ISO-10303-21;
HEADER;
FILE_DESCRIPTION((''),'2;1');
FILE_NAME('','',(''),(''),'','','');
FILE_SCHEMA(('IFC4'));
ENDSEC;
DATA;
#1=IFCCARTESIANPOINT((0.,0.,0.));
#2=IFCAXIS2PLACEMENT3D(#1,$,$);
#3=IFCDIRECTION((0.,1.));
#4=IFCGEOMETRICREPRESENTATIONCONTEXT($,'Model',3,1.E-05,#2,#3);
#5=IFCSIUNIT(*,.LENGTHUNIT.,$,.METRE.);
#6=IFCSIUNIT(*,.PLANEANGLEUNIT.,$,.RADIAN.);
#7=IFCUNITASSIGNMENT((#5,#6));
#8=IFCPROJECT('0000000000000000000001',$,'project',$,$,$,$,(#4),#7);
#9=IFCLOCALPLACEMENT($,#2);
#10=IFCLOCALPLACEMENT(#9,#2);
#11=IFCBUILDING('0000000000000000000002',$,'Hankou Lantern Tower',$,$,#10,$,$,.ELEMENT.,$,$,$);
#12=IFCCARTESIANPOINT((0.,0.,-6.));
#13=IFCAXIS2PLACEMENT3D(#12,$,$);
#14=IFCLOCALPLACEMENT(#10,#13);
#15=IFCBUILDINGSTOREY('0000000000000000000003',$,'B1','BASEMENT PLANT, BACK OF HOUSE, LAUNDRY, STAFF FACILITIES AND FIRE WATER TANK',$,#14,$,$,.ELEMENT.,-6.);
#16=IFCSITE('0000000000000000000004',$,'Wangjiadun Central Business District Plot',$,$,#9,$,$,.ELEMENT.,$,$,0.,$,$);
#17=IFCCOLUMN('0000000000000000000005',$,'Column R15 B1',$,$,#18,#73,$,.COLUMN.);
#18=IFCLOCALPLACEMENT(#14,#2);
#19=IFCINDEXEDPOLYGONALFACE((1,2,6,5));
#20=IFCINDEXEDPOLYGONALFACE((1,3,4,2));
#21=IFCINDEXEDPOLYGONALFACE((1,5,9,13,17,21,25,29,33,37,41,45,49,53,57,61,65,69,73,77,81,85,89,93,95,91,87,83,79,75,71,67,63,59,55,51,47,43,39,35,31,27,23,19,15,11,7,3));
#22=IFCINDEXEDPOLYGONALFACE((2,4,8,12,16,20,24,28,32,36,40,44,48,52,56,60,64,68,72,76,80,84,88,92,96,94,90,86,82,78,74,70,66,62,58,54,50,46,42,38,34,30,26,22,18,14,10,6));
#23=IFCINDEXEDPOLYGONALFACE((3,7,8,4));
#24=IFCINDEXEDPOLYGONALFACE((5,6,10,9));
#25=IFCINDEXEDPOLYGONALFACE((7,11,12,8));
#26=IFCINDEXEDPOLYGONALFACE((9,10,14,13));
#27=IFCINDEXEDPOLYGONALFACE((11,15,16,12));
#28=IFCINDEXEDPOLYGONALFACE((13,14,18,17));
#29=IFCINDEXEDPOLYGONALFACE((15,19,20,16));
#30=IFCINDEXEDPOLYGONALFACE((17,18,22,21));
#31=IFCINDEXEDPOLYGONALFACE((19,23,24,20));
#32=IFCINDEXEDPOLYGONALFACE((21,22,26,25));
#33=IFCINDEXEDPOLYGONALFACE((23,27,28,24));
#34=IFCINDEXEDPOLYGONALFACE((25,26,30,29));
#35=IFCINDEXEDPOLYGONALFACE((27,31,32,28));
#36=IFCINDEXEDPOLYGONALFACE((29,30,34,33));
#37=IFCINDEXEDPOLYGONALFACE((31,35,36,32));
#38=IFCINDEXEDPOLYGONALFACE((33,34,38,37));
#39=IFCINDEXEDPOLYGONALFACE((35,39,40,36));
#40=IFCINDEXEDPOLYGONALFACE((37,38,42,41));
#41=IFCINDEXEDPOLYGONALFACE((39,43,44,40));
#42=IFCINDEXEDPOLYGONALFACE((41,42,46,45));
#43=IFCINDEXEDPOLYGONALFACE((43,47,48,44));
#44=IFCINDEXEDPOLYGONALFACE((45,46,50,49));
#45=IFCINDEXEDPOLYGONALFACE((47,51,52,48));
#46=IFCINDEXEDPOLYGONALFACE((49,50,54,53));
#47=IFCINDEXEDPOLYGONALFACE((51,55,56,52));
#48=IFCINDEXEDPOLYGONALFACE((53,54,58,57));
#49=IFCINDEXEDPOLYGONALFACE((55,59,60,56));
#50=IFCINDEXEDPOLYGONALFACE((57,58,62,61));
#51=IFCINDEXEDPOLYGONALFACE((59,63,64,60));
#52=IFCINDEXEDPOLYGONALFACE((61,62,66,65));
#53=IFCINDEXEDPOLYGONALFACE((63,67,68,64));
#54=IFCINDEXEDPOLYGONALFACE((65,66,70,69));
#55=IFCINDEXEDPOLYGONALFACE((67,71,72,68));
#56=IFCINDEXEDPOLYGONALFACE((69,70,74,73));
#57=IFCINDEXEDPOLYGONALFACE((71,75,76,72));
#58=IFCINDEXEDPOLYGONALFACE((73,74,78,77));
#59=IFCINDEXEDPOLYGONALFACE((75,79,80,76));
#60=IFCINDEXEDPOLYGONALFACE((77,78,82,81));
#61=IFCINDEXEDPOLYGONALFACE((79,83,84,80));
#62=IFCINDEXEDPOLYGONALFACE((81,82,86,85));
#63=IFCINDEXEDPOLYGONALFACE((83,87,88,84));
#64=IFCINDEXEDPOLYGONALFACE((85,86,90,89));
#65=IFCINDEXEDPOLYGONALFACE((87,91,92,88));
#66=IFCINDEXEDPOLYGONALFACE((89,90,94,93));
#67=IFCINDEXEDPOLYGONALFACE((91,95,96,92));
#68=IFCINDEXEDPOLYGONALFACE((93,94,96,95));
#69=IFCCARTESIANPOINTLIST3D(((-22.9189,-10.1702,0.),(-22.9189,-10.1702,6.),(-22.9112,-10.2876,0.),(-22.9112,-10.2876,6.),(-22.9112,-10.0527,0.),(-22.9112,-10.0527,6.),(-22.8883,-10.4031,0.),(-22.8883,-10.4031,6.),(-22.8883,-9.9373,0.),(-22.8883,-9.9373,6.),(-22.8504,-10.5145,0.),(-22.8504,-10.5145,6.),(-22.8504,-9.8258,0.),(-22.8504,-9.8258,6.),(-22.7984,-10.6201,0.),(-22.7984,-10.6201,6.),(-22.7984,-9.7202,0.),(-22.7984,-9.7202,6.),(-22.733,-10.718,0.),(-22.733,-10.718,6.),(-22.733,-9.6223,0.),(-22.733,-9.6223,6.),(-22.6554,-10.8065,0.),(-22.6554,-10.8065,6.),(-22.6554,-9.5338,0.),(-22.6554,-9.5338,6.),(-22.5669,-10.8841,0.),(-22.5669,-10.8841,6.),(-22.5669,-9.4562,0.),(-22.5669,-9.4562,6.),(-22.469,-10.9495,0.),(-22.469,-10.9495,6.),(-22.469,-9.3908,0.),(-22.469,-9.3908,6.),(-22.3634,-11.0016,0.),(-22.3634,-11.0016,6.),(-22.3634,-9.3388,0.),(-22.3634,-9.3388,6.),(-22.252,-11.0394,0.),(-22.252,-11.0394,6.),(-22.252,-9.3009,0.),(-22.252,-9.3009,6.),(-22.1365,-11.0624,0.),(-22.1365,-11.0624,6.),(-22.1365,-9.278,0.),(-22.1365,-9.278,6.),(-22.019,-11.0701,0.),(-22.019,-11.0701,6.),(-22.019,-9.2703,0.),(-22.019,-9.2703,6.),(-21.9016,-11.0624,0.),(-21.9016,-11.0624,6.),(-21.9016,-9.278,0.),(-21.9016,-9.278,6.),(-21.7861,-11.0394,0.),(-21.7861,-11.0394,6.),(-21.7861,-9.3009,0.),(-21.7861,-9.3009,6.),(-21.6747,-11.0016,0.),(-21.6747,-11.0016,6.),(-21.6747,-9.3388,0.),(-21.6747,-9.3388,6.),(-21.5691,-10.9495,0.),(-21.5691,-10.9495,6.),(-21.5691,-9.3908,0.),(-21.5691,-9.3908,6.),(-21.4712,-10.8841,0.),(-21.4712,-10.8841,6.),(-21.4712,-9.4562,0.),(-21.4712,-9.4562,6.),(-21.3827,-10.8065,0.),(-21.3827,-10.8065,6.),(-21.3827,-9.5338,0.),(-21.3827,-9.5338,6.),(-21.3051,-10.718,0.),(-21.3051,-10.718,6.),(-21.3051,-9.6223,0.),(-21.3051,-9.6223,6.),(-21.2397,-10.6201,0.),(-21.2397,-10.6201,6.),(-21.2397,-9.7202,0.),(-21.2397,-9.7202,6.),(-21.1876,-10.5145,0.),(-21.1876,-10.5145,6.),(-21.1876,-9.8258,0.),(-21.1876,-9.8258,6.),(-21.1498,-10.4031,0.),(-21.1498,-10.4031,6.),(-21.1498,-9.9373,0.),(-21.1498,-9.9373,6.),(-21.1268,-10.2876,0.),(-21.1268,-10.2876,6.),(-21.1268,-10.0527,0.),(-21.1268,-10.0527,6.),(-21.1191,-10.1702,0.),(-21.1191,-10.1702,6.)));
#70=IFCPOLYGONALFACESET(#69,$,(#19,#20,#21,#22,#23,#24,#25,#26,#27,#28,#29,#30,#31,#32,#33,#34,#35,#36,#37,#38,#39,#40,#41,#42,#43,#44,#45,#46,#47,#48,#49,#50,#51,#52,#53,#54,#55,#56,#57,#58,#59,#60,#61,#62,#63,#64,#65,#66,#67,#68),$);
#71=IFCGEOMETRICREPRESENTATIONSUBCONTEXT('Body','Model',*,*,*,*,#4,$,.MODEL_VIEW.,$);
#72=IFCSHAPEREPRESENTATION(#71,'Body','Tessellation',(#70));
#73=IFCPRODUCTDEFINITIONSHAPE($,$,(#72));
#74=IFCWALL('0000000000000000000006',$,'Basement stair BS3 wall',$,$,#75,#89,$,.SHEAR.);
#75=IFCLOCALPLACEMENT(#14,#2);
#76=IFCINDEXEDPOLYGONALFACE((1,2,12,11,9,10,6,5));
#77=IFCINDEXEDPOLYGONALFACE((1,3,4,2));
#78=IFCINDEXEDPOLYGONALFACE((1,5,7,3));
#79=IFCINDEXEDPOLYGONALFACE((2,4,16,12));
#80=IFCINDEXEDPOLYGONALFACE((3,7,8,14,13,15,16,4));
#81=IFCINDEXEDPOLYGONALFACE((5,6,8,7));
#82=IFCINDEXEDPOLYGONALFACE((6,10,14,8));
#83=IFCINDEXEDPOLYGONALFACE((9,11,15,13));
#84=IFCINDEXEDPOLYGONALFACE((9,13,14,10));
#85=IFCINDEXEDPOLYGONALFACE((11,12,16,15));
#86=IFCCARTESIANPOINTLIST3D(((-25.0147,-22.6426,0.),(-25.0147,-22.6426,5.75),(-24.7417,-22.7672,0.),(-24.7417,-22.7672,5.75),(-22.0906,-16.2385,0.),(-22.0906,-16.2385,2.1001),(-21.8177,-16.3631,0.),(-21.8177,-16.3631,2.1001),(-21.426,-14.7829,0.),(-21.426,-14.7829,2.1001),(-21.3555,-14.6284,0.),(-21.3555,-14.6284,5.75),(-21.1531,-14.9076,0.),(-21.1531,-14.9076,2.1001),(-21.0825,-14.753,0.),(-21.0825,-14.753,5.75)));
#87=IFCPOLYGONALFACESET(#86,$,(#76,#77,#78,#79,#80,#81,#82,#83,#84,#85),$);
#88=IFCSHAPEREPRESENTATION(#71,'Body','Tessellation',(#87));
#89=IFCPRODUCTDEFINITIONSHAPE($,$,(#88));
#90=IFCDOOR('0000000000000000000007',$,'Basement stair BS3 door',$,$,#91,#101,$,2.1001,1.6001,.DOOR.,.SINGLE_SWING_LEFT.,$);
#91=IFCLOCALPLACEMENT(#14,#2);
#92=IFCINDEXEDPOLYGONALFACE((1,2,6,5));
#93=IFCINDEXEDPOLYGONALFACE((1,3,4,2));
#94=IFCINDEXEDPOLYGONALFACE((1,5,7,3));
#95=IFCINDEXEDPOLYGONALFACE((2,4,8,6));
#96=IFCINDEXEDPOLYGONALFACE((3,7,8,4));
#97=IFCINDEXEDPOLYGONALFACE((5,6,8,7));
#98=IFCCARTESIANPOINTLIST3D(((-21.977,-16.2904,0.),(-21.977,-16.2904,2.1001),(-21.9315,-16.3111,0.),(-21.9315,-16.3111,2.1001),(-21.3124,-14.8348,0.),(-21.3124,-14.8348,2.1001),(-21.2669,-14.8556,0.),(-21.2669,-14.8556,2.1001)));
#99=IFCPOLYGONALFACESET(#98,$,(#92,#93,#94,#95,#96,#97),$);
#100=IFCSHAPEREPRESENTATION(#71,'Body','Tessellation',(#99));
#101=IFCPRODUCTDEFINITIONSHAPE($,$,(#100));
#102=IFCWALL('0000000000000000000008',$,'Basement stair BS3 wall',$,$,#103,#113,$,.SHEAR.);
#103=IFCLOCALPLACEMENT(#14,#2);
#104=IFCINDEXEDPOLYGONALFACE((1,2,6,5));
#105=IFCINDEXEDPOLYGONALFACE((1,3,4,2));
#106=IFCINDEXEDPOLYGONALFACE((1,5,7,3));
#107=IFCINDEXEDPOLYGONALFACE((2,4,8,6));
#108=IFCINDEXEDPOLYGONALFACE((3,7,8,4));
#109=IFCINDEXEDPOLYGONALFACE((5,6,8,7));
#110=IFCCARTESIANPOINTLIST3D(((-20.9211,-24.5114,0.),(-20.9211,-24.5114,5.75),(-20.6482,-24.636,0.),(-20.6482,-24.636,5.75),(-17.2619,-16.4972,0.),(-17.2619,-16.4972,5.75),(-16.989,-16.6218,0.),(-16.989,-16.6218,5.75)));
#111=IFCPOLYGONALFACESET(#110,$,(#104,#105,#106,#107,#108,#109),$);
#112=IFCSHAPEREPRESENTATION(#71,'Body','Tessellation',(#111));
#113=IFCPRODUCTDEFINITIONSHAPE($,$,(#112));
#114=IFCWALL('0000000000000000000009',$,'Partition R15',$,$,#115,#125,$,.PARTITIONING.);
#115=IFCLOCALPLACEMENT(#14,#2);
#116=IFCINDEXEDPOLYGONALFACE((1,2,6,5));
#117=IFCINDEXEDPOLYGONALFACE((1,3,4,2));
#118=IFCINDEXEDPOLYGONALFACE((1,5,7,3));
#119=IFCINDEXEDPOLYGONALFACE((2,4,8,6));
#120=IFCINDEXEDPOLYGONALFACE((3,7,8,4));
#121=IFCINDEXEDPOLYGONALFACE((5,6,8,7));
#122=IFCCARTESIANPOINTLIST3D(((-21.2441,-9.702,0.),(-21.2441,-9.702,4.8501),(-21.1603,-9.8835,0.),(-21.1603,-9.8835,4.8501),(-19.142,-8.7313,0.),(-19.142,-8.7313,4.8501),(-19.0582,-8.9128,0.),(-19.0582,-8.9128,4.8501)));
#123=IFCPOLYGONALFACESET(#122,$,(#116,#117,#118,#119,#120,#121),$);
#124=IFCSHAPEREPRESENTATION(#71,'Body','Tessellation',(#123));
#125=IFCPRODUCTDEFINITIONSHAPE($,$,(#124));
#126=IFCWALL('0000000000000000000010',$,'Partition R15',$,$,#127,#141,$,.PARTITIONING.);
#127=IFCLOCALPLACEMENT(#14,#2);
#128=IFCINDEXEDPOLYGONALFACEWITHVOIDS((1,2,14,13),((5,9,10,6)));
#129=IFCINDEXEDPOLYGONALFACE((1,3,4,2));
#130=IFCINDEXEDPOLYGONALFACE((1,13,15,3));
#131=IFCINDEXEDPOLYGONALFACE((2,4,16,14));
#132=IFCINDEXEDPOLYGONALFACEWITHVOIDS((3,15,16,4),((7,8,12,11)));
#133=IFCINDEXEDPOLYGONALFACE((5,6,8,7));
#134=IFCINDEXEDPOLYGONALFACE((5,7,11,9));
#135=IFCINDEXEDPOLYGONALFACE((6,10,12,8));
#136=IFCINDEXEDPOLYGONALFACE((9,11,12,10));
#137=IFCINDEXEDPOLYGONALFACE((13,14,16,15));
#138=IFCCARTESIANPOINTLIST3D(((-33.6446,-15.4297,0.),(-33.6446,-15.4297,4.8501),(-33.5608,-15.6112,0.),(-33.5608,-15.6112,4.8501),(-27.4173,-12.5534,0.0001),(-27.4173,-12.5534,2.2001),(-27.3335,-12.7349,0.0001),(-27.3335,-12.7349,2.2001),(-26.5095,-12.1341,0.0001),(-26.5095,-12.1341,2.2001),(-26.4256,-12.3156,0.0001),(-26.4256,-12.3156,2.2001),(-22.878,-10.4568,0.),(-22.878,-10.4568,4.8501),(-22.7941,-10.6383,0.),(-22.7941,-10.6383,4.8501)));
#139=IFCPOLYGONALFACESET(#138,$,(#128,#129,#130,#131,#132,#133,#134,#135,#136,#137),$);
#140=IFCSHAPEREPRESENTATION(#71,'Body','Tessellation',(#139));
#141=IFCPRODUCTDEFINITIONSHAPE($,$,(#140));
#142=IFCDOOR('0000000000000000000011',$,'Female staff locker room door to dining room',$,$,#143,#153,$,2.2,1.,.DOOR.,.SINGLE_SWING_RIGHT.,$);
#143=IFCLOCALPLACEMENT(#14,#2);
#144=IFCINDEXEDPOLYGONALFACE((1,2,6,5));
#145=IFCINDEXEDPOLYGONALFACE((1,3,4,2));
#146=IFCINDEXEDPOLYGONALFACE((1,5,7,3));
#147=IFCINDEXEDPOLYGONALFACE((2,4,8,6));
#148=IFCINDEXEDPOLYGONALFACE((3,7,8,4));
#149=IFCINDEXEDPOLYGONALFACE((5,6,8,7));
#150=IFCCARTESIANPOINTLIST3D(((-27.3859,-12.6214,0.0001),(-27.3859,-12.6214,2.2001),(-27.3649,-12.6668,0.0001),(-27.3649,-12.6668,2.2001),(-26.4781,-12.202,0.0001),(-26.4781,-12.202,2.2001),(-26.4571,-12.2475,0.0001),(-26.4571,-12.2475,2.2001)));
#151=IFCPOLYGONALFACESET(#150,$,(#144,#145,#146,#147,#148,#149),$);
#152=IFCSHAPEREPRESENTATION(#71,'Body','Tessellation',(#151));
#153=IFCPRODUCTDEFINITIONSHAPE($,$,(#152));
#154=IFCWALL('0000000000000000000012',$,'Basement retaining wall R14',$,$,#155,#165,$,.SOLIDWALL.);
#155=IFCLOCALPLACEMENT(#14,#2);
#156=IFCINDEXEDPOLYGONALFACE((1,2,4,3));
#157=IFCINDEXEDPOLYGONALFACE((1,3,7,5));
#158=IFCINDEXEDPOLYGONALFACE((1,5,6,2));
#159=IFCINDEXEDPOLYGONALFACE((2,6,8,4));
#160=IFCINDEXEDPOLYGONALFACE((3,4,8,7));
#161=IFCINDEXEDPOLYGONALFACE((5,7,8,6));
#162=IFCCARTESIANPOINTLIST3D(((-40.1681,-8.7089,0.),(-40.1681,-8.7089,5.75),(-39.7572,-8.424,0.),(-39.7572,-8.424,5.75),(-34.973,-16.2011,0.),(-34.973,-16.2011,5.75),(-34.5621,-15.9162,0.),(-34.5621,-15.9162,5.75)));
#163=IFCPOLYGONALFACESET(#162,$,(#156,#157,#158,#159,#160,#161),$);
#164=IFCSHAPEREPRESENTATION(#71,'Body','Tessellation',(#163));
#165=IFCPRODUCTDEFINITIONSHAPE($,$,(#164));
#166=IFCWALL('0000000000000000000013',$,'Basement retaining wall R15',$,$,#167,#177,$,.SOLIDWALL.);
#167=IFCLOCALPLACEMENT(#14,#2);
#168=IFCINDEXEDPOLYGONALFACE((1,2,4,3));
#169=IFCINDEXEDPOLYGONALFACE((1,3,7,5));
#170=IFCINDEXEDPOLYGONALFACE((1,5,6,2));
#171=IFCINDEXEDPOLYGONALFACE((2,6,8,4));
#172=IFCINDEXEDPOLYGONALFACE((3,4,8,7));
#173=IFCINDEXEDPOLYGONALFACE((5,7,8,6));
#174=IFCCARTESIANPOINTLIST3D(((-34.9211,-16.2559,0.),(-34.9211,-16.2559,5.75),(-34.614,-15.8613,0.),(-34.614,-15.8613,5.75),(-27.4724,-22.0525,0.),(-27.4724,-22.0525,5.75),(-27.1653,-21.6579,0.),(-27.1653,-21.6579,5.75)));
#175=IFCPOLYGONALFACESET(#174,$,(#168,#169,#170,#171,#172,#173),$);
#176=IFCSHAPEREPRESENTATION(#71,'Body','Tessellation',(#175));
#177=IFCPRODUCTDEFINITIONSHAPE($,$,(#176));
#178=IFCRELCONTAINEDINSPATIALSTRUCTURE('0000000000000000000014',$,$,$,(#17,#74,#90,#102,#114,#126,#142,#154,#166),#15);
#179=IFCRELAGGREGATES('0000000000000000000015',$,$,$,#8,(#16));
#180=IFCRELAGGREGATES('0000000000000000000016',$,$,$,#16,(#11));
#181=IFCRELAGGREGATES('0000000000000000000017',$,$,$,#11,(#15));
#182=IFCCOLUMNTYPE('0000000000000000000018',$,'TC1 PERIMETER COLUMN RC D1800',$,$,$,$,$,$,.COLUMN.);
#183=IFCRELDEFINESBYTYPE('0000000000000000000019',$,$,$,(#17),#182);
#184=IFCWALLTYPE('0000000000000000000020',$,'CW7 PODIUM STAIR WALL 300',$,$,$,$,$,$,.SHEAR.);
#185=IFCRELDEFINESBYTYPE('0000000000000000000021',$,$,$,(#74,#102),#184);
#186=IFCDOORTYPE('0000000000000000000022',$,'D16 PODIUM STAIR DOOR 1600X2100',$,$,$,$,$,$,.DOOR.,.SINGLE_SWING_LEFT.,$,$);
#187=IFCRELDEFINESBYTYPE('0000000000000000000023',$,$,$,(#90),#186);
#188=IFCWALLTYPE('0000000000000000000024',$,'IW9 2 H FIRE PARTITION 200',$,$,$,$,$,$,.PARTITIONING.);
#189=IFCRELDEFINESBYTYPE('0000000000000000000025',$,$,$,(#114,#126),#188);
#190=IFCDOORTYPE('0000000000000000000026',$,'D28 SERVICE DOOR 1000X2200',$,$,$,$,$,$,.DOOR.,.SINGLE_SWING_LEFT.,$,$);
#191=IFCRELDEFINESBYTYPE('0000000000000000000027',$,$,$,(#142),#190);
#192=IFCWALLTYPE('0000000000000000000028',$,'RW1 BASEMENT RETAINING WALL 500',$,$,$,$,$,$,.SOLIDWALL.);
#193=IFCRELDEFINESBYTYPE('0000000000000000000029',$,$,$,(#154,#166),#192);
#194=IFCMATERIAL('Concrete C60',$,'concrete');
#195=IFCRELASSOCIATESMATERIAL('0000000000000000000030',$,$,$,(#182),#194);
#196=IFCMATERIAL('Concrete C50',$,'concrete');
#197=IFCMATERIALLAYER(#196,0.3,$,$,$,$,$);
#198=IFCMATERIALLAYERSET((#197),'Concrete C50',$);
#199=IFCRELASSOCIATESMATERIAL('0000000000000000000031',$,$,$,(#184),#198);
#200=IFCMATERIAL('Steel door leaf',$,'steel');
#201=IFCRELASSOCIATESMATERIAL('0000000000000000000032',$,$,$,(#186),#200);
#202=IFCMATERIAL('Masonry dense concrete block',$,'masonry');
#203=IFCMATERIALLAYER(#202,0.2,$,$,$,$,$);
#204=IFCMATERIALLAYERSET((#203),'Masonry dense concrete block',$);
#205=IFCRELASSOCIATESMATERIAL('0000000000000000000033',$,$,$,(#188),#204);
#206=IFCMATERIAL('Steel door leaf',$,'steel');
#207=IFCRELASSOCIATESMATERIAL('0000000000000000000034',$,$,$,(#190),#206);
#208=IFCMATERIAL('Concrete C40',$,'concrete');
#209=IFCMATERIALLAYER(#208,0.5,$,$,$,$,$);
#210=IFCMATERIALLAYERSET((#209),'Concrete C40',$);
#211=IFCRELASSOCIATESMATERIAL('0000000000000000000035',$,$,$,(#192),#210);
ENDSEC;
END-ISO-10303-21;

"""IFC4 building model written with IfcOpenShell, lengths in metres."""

from ifc_helpers import new_model, si_unit, direction, frame, frame_2d, origin, origin_2d, place, context, subcontext, project, spatial, rectangle, circle, extrude, material, layer, layer_set, material_profile, profile_set, type_object, element, fill, save


model = new_model("IFC4")

# Units and contexts
model_context = context("Model", 3, precision=1e-05, world=origin(), true_north=direction((0.0, 1.0)))
body_context = subcontext(model_context, "Body", "Model", "MODEL_VIEW")
ifc_project = project(units=[si_unit("LENGTHUNIT", "METRE"), si_unit("PLANEANGLEUNIT", "RADIAN")], contexts=[model_context])

# Site, building, storey
site_placement = place(None, origin())
site = spatial("IfcSite", under=ifc_project, at=site_placement, Name="Wangjiadun Central Business District Plot", CompositionType="ELEMENT", RefElevation=0.0)
building_placement = place(site_placement, origin())
building = spatial("IfcBuilding", under=site, at=building_placement, Name="Hankou Lantern Tower", CompositionType="ELEMENT")
storey_placement = place(building_placement, frame((0.0, 0.0, -6.0)))
storey = spatial("IfcBuildingStorey", under=building, at=storey_placement, Name="B1", Description="BASEMENT PLANT, BACK OF HOUSE, LAUNDRY, STAFF FACILITIES AND FIRE WATER TANK", CompositionType="ELEMENT", Elevation=-6.0)

# Column
ifc_material_1 = material(Name="Concrete C60", Category="concrete")
ifc_material_profile_1 = material_profile(ifc_material_1, circle(Radius=0.8999, at=origin_2d()), Name="RC D1800")
ifc_profile_set_1 = profile_set([ifc_material_profile_1], Name="Concrete C60")
column_type_1 = type_object("IfcColumnType", Name="TC1 PERIMETER COLUMN RC D1800", PredefinedType="COLUMN", material=ifc_profile_set_1)
column_placement = place(storey_placement, frame((-22.019, -10.1702, 0.0), z_axis=(0.0, 0.0, 1.0), x_axis=(1.0, 0.0, 0.0)))
element("IfcColumn", 1, at=column_placement, inside=storey, type_object=column_type_1, Name="Column R15 B1", PredefinedType="COLUMN", context=body_context, shape_type="SweptSolid", body=[
    extrude(circle(Radius=0.8999, at=origin_2d()), origin(), (0.0, 0.0, 1.0), 6.0),
])

# Wall, opening, door
ifc_material_2 = material(Name="Concrete C50", Category="concrete")
ifc_layer_1 = layer(ifc_material_2, 0.3)
ifc_layer_set_1 = layer_set([ifc_layer_1], Name="Concrete C50")
wall_type_1 = type_object("IfcWallType", Name="CW7 PODIUM STAIR WALL 300", PredefinedType="SHEAR", material=ifc_layer_set_1)
wall_1_placement = place(storey_placement, frame((-21.219, -14.6907, 0.0), z_axis=(0.0, 0.0, 1.0), x_axis=(-0.415343, -0.909665, 0.0)))
wall_1 = element("IfcWall", 2, at=wall_1_placement, inside=storey, type_object=wall_type_1, Name="Basement stair BS3 wall", PredefinedType="SHEAR", context=body_context, shape_type="SweptSolid", body=[
    extrude(rectangle(XDim=8.8101, YDim=0.3, at=frame_2d((4.405, 0.0))), origin(), (0.0, 0.0, 1.0), 5.75),
])
opening_1_placement = place(wall_1_placement, frame((0.1699, 0.0, 0.0)))
opening_1 = element("IfcOpeningElement", 3, at=opening_1_placement, cuts=wall_1, PredefinedType="OPENING", context=body_context, shape_type="SweptSolid", body=[
    extrude(rectangle(XDim=1.6001, YDim=2.1001, at=frame_2d((0.8, 1.05))), frame((0.0, 0.1599, 0.0), z_axis=(0.0, -1.0, 0.0), x_axis=(1.0, 0.0, 0.0)), (0.0, 0.0, 1.0), 0.3201),
])
ifc_material_3 = material(Name="Steel door leaf", Category="steel")
door_type_1 = type_object("IfcDoorType", Name="D16 PODIUM STAIR DOOR 1600X2100", OperationType="SINGLE_SWING_LEFT", PredefinedType="DOOR", material=ifc_material_3)
door_1_placement = place(opening_1_placement, origin())
door_1 = element("IfcDoor", 4, at=door_1_placement, inside=storey, type_object=door_type_1, Name="Basement stair BS3 door", OperationType="SINGLE_SWING_LEFT", OverallHeight=2.1001, OverallWidth=1.6001, PredefinedType="DOOR", context=body_context, shape_type="SweptSolid", body=[
    extrude(rectangle(XDim=1.6001, YDim=2.1001, at=frame_2d((0.8, 1.05))), frame((0.0, 0.0249, 0.0), z_axis=(0.0, -1.0, 0.0), x_axis=(1.0, 0.0, 0.0)), (0.0, 0.0, 1.0), 0.05),
])
fill(opening_1, door_1)

# Walls
wall_2_placement = place(storey_placement, frame((-20.7847, -24.5737, 0.0), z_axis=(0.0, 0.0, 1.0), x_axis=(0.415343, 0.909665, 0.0)))
element("IfcWall", 5, at=wall_2_placement, inside=storey, type_object=wall_type_1, Name="Basement stair BS3 wall", PredefinedType="SHEAR", context=body_context, shape_type="SweptSolid", body=[
    extrude(rectangle(XDim=8.8101, YDim=0.3, at=frame_2d((4.405, 0.0))), origin(), (0.0, 0.0, 1.0), 5.75),
])
ifc_material_4 = material(Name="Masonry dense concrete block", Category="masonry")
ifc_layer_2 = layer(ifc_material_4, 0.2)
ifc_layer_set_2 = layer_set([ifc_layer_2], Name="Masonry dense concrete block")
wall_type_2 = type_object("IfcWallType", Name="IW9 2 H FIRE PARTITION 200", PredefinedType="PARTITIONING", material=ifc_layer_set_2)
wall_3_placement = place(storey_placement, frame((-19.1001, -8.822, 0.0), z_axis=(0.0, 0.0, 1.0), x_axis=(-0.907873, -0.419245, 0.0)))
element("IfcWall", 6, at=wall_3_placement, inside=storey, type_object=wall_type_2, Name="Partition R15", PredefinedType="PARTITIONING", context=body_context, shape_type="SweptSolid", body=[
    extrude(rectangle(XDim=2.3154, YDim=0.2, at=frame_2d((1.1577, 0.0))), origin(), (0.0, 0.0, 1.0), 4.8501),
])

# Wall, opening, door
wall_4_placement = place(storey_placement, frame((-22.8362, -10.5476, 0.0), z_axis=(0.0, 0.0, 1.0), x_axis=(-0.907841, -0.419315, 0.0)))
wall_4 = element("IfcWall", 7, at=wall_4_placement, inside=storey, type_object=wall_type_2, Name="Partition R15", PredefinedType="PARTITIONING", context=body_context, shape_type="SweptSolid", body=[
    extrude(rectangle(XDim=11.8596, YDim=0.2, at=frame_2d((5.9297, 0.0))), origin(), (0.0, 0.0, 1.0), 4.8501),
])
opening_2_placement = place(wall_4_placement, frame((4.0, 0.0, 0.0)))
opening_2 = element("IfcOpeningElement", 8, at=opening_2_placement, cuts=wall_4, PredefinedType="OPENING", context=body_context, shape_type="SweptSolid", body=[
    extrude(rectangle(XDim=1.0, YDim=2.2, at=frame_2d((0.5, 1.1001))), frame((0.0, 0.1099, 0.0), z_axis=(0.0, -1.0, 0.0), x_axis=(1.0, 0.0, 0.0)), (0.0, 0.0, 1.0), 0.22),
])
ifc_material_5 = material(Name="Steel door leaf", Category="steel")
door_type_2 = type_object("IfcDoorType", Name="D28 SERVICE DOOR 1000X2200", OperationType="SINGLE_SWING_LEFT", PredefinedType="DOOR", material=ifc_material_5)
door_2_placement = place(opening_2_placement, origin())
door_2 = element("IfcDoor", 9, at=door_2_placement, inside=storey, type_object=door_type_2, Name="Female staff locker room door to dining room", OperationType="SINGLE_SWING_RIGHT", OverallHeight=2.2, OverallWidth=1.0, PredefinedType="DOOR", context=body_context, shape_type="SweptSolid", body=[
    extrude(rectangle(XDim=1.0, YDim=2.2, at=frame_2d((0.5, 1.1001))), frame((0.0, 0.0249, 0.0), z_axis=(0.0, -1.0, 0.0), x_axis=(1.0, 0.0, 0.0)), (0.0, 0.0, 1.0), 0.05),
])
fill(opening_2, door_2)

# Walls
ifc_material_6 = material(Name="Concrete C40", Category="concrete")
ifc_layer_3 = layer(ifc_material_6, 0.5)
ifc_layer_set_3 = layer_set([ifc_layer_3], Name="Concrete C40")
wall_type_3 = type_object("IfcWallType", Name="RW1 BASEMENT RETAINING WALL 500", PredefinedType="SOLIDWALL", material=ifc_layer_set_3)
wall_5_placement = place(storey_placement, frame((-39.9626, -8.5664, 0.0), z_axis=(0.0, 0.0, 1.0), x_axis=(0.569816, -0.821773, 0.0)))
element("IfcWall", 10, at=wall_5_placement, inside=storey, type_object=wall_type_3, Name="Basement retaining wall R14", PredefinedType="SOLIDWALL", context=body_context, shape_type="SweptSolid", body=[
    extrude(rectangle(XDim=9.1172, YDim=0.5, at=frame_2d((4.5586, 0.0))), origin(), (0.0, 0.0, 1.0), 5.75),
])
wall_6_placement = place(storey_placement, frame((-34.7676, -16.0586, 0.0), z_axis=(0.0, 0.0, 1.0), x_axis=(0.789189, -0.61415, 0.0)))
element("IfcWall", 11, at=wall_6_placement, inside=storey, type_object=wall_type_3, Name="Basement retaining wall R15", PredefinedType="SOLIDWALL", context=body_context, shape_type="SweptSolid", body=[
    extrude(rectangle(XDim=9.4385, YDim=0.5, at=frame_2d((4.7192, 0.0))), origin(), (0.0, 0.0, 1.0), 5.75),
])

save(model, "model.ifc")
